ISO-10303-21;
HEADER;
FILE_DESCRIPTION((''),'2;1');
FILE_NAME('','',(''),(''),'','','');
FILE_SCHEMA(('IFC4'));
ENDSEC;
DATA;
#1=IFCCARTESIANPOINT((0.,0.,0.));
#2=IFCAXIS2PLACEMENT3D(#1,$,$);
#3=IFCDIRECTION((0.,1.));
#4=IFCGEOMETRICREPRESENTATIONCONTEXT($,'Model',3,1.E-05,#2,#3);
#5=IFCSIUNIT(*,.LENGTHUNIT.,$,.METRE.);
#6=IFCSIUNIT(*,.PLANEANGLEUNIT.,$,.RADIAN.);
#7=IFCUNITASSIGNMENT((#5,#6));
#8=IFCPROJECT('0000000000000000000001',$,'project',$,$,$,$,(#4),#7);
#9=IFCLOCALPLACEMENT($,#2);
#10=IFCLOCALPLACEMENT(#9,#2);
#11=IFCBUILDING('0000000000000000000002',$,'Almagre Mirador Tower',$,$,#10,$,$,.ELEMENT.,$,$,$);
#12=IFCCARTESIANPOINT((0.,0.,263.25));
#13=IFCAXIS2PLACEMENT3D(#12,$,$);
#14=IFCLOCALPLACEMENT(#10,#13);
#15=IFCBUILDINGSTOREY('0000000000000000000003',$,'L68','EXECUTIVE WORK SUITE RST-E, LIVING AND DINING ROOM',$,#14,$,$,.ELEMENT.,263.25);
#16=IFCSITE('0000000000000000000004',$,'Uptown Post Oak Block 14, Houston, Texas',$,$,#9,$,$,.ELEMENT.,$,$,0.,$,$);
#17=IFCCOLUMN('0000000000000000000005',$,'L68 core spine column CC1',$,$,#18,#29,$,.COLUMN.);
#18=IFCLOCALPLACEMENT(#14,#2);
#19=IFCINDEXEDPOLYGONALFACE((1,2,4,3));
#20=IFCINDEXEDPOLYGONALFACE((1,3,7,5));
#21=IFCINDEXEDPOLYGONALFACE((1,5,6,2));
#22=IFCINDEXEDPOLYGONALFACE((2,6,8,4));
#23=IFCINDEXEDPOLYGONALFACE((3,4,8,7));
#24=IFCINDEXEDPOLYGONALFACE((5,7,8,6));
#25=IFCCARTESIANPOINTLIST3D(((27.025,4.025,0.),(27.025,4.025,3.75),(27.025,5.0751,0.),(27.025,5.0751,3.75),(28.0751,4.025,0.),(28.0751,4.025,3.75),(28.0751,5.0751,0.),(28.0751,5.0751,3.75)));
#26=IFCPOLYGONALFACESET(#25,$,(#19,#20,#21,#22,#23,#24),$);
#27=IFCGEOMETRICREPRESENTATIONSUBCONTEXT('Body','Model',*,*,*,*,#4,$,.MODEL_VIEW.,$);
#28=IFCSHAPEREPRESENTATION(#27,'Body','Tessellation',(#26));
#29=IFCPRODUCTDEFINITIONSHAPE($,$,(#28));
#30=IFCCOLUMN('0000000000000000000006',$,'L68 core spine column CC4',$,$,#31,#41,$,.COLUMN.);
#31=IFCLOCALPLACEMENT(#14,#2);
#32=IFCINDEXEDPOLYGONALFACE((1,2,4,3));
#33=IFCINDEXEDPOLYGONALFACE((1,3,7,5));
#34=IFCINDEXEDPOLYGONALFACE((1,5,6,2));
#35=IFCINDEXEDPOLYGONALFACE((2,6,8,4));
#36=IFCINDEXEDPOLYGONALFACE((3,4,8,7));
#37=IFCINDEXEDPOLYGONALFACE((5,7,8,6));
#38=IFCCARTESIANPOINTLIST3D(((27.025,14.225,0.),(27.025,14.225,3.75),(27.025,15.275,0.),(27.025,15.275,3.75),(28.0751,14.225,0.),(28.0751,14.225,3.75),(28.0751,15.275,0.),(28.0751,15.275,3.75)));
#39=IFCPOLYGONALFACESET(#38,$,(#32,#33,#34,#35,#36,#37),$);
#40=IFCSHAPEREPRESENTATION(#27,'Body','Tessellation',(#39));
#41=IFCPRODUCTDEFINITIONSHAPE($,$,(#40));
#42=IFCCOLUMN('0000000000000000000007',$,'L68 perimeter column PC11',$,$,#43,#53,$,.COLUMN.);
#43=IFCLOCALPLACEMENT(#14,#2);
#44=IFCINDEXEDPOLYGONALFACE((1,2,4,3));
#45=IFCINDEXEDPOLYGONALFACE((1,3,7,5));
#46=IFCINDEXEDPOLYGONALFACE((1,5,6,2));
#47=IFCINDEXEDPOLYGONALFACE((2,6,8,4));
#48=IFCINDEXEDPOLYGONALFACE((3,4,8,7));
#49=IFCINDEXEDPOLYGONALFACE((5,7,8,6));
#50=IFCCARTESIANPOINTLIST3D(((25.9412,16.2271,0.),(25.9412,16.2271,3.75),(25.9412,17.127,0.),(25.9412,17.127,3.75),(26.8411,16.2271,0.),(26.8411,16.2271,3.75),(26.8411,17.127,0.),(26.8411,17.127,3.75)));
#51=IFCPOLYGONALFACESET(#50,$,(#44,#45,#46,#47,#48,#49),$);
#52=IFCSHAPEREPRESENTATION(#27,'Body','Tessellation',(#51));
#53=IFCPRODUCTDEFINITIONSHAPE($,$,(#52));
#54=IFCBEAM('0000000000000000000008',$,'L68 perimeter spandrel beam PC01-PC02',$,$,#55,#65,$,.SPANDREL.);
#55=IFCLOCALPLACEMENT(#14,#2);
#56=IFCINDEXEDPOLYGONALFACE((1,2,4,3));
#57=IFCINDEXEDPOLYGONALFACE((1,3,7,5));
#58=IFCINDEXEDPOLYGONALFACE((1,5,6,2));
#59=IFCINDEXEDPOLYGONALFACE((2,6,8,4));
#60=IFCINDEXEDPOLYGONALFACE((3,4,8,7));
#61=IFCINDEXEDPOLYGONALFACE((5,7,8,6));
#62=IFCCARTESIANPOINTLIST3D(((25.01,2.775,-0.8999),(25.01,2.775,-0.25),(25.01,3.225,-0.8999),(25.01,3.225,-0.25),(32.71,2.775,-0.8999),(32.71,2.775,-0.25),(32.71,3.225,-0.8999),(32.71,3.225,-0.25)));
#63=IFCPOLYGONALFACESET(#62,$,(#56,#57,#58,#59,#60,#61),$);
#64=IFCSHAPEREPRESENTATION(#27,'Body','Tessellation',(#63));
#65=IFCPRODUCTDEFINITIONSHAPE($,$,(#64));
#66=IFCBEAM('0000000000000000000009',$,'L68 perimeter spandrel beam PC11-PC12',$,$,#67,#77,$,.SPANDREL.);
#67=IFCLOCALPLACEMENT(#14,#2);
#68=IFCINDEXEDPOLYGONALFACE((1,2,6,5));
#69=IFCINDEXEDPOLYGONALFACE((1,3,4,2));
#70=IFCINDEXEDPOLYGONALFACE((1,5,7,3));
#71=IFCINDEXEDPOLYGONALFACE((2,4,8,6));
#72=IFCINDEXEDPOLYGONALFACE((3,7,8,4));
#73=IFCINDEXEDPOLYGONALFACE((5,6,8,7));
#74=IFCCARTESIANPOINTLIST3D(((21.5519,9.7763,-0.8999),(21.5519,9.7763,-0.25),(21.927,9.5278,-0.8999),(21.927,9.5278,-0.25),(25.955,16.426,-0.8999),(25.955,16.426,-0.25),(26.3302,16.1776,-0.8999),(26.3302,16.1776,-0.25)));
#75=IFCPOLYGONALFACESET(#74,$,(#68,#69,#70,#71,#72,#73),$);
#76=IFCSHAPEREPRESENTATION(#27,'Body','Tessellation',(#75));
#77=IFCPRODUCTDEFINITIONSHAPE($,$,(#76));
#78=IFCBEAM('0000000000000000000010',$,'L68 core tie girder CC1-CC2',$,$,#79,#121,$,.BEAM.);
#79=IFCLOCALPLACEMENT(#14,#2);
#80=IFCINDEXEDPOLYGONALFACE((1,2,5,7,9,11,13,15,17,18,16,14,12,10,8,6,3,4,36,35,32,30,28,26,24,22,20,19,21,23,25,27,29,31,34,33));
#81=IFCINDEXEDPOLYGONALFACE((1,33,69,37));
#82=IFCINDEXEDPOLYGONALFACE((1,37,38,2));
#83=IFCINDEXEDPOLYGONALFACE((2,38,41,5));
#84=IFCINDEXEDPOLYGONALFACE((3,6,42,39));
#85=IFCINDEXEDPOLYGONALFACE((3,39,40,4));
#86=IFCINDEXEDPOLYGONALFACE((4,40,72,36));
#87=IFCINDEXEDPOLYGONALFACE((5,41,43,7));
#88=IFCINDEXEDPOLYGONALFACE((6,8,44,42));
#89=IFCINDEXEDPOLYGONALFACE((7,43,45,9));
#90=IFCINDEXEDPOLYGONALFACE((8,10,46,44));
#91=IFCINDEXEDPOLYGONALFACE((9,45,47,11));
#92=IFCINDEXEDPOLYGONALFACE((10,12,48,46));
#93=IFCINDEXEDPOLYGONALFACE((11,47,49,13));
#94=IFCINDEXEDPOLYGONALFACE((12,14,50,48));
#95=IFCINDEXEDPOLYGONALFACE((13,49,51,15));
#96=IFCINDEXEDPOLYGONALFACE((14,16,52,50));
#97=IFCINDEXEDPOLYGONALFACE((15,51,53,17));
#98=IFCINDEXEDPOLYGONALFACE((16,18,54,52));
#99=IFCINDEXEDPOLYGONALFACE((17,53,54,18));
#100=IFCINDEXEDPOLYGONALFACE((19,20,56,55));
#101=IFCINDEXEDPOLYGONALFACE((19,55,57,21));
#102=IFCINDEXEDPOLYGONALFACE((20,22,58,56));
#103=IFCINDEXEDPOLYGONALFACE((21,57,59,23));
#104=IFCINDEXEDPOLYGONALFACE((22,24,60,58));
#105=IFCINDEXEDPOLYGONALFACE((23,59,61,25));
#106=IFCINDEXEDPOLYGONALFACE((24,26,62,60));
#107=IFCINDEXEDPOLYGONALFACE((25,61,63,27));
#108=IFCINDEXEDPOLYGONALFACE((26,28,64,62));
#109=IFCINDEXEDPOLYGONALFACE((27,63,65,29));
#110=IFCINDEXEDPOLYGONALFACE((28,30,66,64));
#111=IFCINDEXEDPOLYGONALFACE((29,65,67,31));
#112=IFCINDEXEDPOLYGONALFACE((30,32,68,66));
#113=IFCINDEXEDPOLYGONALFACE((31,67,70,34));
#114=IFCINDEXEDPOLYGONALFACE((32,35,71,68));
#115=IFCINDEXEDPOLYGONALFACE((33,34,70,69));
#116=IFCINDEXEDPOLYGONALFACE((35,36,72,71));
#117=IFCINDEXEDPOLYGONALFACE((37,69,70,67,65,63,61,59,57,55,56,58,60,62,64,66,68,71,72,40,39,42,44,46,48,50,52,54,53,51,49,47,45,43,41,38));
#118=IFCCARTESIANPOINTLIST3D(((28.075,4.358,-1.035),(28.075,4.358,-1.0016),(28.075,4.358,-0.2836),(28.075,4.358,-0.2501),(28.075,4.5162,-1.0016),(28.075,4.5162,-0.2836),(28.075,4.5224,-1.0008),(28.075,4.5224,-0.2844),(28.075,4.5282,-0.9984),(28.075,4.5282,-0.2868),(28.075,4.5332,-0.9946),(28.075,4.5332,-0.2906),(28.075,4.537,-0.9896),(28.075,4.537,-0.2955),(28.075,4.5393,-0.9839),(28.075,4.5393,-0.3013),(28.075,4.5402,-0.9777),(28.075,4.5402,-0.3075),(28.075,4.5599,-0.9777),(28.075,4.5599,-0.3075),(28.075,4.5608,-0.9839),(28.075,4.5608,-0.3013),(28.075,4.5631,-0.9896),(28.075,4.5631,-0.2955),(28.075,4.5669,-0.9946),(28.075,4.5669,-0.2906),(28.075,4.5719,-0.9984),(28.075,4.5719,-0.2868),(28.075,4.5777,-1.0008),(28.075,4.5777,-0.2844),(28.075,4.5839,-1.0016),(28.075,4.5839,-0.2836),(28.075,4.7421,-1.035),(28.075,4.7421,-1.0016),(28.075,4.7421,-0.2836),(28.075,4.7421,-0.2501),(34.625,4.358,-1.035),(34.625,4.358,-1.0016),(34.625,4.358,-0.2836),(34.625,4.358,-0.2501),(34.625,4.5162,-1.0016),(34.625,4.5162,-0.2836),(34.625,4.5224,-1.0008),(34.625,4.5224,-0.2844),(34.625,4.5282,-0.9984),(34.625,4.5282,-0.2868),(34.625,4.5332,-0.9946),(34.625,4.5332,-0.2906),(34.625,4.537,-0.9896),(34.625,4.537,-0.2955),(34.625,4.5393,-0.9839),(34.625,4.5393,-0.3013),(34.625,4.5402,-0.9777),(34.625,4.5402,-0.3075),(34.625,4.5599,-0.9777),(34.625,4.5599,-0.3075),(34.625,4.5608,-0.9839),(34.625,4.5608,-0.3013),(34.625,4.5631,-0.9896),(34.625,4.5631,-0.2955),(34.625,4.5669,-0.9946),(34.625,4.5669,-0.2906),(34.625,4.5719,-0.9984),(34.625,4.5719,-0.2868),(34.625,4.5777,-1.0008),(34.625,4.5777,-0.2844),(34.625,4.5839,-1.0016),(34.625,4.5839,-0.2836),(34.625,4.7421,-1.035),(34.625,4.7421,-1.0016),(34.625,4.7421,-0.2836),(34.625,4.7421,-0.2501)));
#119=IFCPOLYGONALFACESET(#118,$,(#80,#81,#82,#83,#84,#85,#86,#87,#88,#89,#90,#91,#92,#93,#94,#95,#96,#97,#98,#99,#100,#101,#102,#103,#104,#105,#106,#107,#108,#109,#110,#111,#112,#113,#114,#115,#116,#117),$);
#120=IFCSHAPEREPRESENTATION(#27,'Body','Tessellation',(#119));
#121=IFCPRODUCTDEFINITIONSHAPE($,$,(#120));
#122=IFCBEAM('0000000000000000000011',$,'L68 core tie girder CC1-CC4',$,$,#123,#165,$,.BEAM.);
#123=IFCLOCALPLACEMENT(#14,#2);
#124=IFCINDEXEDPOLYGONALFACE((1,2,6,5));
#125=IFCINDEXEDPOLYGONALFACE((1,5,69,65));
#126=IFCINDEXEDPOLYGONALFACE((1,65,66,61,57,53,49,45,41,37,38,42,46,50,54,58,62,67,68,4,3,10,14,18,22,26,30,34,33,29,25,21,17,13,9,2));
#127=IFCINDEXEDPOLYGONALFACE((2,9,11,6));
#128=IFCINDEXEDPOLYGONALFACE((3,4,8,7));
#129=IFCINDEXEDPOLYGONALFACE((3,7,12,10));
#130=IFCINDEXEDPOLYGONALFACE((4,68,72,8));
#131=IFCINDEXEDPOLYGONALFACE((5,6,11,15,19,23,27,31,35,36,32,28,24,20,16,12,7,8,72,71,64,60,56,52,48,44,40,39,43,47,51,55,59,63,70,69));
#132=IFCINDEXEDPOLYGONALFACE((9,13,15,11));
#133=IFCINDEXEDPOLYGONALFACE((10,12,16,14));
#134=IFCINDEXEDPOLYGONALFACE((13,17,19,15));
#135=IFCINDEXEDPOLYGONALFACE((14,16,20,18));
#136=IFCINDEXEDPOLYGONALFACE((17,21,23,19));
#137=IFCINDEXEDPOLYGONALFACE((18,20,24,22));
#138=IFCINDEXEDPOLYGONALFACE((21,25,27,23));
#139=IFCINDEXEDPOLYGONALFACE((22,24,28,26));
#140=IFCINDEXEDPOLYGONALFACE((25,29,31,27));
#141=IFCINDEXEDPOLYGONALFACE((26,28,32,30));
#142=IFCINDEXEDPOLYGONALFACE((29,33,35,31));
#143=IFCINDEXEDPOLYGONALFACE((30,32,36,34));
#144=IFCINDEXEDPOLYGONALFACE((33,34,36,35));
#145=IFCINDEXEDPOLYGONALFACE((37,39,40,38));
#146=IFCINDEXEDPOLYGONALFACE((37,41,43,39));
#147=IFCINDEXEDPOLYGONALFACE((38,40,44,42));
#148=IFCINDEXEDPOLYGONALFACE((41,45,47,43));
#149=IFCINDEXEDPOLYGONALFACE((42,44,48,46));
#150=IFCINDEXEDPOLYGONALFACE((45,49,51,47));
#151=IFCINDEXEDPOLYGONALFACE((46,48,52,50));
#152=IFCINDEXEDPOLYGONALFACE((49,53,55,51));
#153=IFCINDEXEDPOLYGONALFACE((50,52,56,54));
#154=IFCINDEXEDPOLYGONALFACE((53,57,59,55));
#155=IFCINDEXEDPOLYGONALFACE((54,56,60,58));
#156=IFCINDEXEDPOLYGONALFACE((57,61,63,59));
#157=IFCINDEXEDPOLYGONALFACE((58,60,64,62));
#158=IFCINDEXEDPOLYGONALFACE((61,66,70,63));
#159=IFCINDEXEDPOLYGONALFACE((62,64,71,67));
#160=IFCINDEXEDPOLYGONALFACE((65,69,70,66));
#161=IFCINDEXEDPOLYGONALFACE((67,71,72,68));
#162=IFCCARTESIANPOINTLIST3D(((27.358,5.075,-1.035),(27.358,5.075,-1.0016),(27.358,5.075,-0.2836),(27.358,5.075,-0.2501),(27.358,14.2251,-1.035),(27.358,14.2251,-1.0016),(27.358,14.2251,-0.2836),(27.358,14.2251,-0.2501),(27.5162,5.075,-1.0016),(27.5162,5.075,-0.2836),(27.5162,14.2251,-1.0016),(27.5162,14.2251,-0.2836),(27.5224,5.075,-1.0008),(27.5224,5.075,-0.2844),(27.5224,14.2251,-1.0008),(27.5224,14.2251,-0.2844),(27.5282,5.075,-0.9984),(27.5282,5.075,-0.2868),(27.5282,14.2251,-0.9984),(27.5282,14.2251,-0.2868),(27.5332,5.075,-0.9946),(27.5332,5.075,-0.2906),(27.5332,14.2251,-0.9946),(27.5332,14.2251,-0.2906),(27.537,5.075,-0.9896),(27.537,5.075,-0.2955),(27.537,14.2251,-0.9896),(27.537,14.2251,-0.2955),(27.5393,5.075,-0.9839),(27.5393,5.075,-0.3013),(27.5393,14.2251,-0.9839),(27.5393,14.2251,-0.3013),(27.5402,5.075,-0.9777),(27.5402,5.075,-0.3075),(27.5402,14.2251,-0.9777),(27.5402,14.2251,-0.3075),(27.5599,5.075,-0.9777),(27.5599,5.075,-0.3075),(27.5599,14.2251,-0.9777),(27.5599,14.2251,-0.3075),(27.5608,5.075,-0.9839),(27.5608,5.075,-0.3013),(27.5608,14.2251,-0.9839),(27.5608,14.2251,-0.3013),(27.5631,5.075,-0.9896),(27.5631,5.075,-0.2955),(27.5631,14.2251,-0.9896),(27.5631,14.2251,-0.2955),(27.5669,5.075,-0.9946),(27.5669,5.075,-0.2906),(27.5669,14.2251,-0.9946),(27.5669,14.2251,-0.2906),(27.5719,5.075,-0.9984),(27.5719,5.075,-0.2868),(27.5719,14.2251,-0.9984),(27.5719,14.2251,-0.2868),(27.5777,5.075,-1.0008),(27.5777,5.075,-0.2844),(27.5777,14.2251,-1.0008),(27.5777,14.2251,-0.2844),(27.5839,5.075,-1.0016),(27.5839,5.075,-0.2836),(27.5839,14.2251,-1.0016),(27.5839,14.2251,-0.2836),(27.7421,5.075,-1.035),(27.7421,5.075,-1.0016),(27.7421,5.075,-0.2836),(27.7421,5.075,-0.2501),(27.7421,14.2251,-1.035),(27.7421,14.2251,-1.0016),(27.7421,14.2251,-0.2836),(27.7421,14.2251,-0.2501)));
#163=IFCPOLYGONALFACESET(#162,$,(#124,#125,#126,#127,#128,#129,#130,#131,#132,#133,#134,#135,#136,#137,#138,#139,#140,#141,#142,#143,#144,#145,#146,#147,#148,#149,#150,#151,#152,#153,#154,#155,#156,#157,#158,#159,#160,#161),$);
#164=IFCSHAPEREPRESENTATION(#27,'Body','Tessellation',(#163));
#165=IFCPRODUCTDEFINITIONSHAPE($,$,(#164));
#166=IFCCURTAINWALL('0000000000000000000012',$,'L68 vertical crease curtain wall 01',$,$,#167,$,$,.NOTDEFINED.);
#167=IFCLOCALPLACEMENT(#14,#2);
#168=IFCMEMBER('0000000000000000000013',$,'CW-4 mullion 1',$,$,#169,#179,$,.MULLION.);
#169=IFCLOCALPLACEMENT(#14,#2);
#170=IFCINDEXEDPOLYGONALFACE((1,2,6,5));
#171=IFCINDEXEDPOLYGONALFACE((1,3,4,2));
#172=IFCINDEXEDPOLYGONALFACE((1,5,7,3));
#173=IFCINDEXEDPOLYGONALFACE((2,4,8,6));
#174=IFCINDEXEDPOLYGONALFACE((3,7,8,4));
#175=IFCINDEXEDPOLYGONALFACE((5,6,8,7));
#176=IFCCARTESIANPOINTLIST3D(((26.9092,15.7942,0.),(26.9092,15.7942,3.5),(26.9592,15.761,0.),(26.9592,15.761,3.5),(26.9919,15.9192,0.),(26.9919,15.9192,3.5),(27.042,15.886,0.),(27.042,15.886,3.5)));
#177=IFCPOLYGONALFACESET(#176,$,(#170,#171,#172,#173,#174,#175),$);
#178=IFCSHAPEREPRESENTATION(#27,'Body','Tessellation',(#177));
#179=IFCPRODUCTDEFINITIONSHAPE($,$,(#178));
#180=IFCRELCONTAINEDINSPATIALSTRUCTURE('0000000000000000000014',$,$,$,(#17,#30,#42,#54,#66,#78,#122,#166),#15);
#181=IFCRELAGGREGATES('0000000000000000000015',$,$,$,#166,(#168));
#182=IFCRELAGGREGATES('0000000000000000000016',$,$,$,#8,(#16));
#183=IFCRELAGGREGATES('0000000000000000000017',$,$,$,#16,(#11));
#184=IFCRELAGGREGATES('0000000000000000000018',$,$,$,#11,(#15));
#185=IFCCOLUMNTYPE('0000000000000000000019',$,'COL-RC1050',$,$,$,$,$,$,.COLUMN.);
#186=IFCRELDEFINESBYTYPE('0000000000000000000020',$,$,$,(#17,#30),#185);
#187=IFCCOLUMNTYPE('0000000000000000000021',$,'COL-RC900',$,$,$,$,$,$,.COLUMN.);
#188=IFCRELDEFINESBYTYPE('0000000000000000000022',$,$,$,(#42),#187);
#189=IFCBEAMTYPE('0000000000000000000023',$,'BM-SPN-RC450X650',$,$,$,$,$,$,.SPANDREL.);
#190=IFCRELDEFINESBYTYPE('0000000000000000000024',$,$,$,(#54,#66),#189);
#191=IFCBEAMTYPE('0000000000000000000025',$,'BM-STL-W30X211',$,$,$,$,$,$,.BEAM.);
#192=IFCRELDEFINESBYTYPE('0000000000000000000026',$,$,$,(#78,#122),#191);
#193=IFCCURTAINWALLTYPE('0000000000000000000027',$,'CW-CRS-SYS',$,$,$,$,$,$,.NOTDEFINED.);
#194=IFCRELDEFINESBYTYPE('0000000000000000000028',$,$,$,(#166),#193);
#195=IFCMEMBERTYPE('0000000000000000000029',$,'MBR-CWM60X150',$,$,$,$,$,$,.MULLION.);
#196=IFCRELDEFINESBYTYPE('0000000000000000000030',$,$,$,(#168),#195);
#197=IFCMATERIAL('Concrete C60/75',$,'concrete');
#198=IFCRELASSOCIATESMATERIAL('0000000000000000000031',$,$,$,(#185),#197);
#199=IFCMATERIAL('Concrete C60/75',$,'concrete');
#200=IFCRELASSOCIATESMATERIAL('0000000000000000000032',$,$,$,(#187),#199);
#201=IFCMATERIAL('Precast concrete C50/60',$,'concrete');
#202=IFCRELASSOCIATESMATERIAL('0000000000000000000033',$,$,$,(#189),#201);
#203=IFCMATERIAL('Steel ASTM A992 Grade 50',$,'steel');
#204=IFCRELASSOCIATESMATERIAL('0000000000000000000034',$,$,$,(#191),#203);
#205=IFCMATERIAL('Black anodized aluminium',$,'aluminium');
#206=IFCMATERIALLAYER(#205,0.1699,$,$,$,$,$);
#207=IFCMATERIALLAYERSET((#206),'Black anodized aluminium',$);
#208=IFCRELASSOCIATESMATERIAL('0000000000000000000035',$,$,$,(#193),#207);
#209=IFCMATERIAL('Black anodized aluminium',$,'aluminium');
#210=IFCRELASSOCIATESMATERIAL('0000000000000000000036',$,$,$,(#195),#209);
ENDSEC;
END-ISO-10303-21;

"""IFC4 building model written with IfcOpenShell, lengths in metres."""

from ifc_helpers import new_model, si_unit, direction, frame, origin, origin_2d, place, context, subcontext, project, spatial, rectangle, i_section, extrude, material, layer, layer_set, material_profile, profile_set, type_object, element, aggregate, save


model = new_model("IFC4")

# Units and contexts
model_context = context("Model", 3, precision=1e-05, world=origin(), true_north=direction((0.0, 1.0)))
body_context = subcontext(model_context, "Body", "Model", "MODEL_VIEW")
ifc_project = project(units=[si_unit("LENGTHUNIT", "METRE"), si_unit("PLANEANGLEUNIT", "RADIAN")], contexts=[model_context])

# Site, building, storey
site_placement = place(None, origin())
site = spatial("IfcSite", under=ifc_project, at=site_placement, Name="Uptown Post Oak Block 14, Houston, Texas", CompositionType="ELEMENT", RefElevation=0.0)
building_placement = place(site_placement, origin())
building = spatial("IfcBuilding", under=site, at=building_placement, Name="Almagre Mirador Tower", CompositionType="ELEMENT")
storey_placement = place(building_placement, frame((0.0, 0.0, 263.25)))
storey = spatial("IfcBuildingStorey", under=building, at=storey_placement, Name="L68", Description="EXECUTIVE WORK SUITE RST-E, LIVING AND DINING ROOM", CompositionType="ELEMENT", Elevation=263.25)

# Columns
ifc_material_1 = material(Name="Concrete C60/75", Category="concrete")
ifc_material_profile_1 = material_profile(ifc_material_1, rectangle(XDim=1.05, YDim=1.05, at=origin_2d()), Name="RC1050X1050")
ifc_profile_set_1 = profile_set([ifc_material_profile_1], Name="Concrete C60/75")
column_type_1 = type_object("IfcColumnType", Name="COL-RC1050", PredefinedType="COLUMN", material=ifc_profile_set_1)
for number, where, z_axis, x_axis, name in (
    (1, (27.55, 4.55, 0.0), (0.0, 0.0, 1.0), (1.0, 0.0, 0.0), "L68 core spine column CC1"),
    (2, (27.55, 14.75, 0.0), (0.0, 0.0, 1.0), (1.0, 0.0, 0.0), "L68 core spine column CC4"),
):
    element("IfcColumn", number, at=place(storey_placement, frame(where, z_axis=z_axis, x_axis=x_axis)), inside=storey, type_object=column_type_1, Name=name, PredefinedType="COLUMN", context=body_context, shape_type="SweptSolid", body=[
        extrude(rectangle(XDim=1.05, YDim=1.05, at=origin_2d()), origin(), (0.0, 0.0, 1.0), 3.75),
    ])
ifc_material_2 = material(Name="Concrete C60/75", Category="concrete")
ifc_material_profile_2 = material_profile(ifc_material_2, rectangle(XDim=0.8999, YDim=0.8999, at=origin_2d()), Name="RC900X900")
ifc_profile_set_2 = profile_set([ifc_material_profile_2], Name="Concrete C60/75")
column_type_2 = type_object("IfcColumnType", Name="COL-RC900", PredefinedType="COLUMN", material=ifc_profile_set_2)
column_placement = place(storey_placement, frame((26.3911, 16.677, 0.0), z_axis=(0.0, 0.0, 1.0), x_axis=(1.0, 0.0, 0.0)))
element("IfcColumn", 3, at=column_placement, inside=storey, type_object=column_type_2, Name="L68 perimeter column PC11", PredefinedType="COLUMN", context=body_context, shape_type="SweptSolid", body=[
    extrude(rectangle(XDim=0.8999, YDim=0.8999, at=origin_2d()), origin(), (0.0, 0.0, 1.0), 3.75),
])

# Beams
ifc_material_3 = material(Name="Precast concrete C50/60", Category="concrete")
ifc_material_profile_3 = material_profile(ifc_material_3, rectangle(XDim=0.45, YDim=0.6499, at=origin_2d()), Name="RC450X650")
ifc_profile_set_3 = profile_set([ifc_material_profile_3], Name="Precast concrete C50/60")
beam_type_1 = type_object("IfcBeamType", Name="BM-SPN-RC450X650", PredefinedType="SPANDREL", material=ifc_profile_set_3)
beam_1_placement = place(storey_placement, frame((25.01, 3.0, -0.575), z_axis=(1.0, 0.0, 0.0), x_axis=(0.0, 1.0, 0.0)))
element("IfcBeam", 4, at=beam_1_placement, inside=storey, type_object=beam_type_1, Name="L68 perimeter spandrel beam PC01-PC02", PredefinedType="SPANDREL", context=body_context, shape_type="SweptSolid", body=[
    extrude(rectangle(XDim=0.45, YDim=0.6499, at=origin_2d()), origin(), (0.0, 0.0, 1.0), 7.7),
])
beam_2_placement = place(storey_placement, frame((26.1426, 16.3018, -0.575), z_axis=(-0.552091, -0.833784, 0.0), x_axis=(0.833784, -0.552091, 0.0)))
element("IfcBeam", 5, at=beam_2_placement, inside=storey, type_object=beam_type_1, Name="L68 perimeter spandrel beam PC11-PC12", PredefinedType="SPANDREL", context=body_context, shape_type="SweptSolid", body=[
    extrude(rectangle(XDim=0.45, YDim=0.6499, at=origin_2d()), origin(), (0.0, 0.0, 1.0), 7.9753),
])
ifc_material_4 = material(Name="Steel ASTM A992 Grade 50", Category="steel")
ifc_material_profile_4 = material_profile(ifc_material_4, i_section(OverallWidth=0.384, OverallDepth=0.7849, WebThickness=0.0198, FlangeThickness=0.0334, FilletRadius=0.0239, at=origin_2d()), Name="W30X211")
ifc_profile_set_4 = profile_set([ifc_material_profile_4], Name="Steel ASTM A992 Grade 50")
beam_type_2 = type_object("IfcBeamType", Name="BM-STL-W30X211", PredefinedType="BEAM", material=ifc_profile_set_4)
beam_3_placement = place(storey_placement, frame((28.075, 4.55, -0.6426), z_axis=(1.0, 0.0, 0.0), x_axis=(0.0, 1.0, 0.0)))
element("IfcBeam", 6, at=beam_3_placement, inside=storey, type_object=beam_type_2, Name="L68 core tie girder CC1-CC2", PredefinedType="BEAM", context=body_context, shape_type="SweptSolid", body=[
    extrude(i_section(OverallWidth=0.384, OverallDepth=0.7849, WebThickness=0.0198, FlangeThickness=0.0334, FilletRadius=0.0239, at=origin_2d()), origin(), (0.0, 0.0, 1.0), 6.55),
])
beam_4_placement = place(storey_placement, frame((27.55, 5.075, -0.6426), z_axis=(0.0, 1.0, 0.0), x_axis=(-1.0, 0.0, 0.0)))
element("IfcBeam", 7, at=beam_4_placement, inside=storey, type_object=beam_type_2, Name="L68 core tie girder CC1-CC4", PredefinedType="BEAM", context=body_context, shape_type="SweptSolid", body=[
    extrude(i_section(OverallWidth=0.384, OverallDepth=0.7849, WebThickness=0.0198, FlangeThickness=0.0334, FilletRadius=0.0239, at=origin_2d()), origin(), (0.0, 0.0, 1.0), 9.1501),
])

# Curtain wall, member
ifc_material_5 = material(Name="Black anodized aluminium", Category="aluminium")
ifc_layer_1 = layer(ifc_material_5, 0.1699)
ifc_layer_set_1 = layer_set([ifc_layer_1], Name="Black anodized aluminium")
curtain_wall_type_1 = type_object("IfcCurtainWallType", Name="CW-CRS-SYS", PredefinedType="NOTDEFINED", material=ifc_layer_set_1)
curtain_wall_1_placement = place(storey_placement, origin())
curtain_wall_1 = element("IfcCurtainWall", 8, at=curtain_wall_1_placement, inside=storey, type_object=curtain_wall_type_1, Name="L68 vertical crease curtain wall 01", PredefinedType="NOTDEFINED")
ifc_material_6 = material(Name="Black anodized aluminium", Category="aluminium")
ifc_material_profile_5 = material_profile(ifc_material_6, rectangle(XDim=0.0601, YDim=0.1499, at=origin_2d()), Name="CWM60X150")
ifc_profile_set_5 = profile_set([ifc_material_profile_5], Name="Black anodized aluminium")
member_type_1 = type_object("IfcMemberType", Name="MBR-CWM60X150", PredefinedType="MULLION", material=ifc_profile_set_5)
member_1_placement = place(storey_placement, frame((26.9756, 15.8401, 0.0), z_axis=(0.0, 0.0, 1.0), x_axis=(-0.833812, 0.552048, 0.0)))
member_1 = element("IfcMember", 9, at=member_1_placement, type_object=member_type_1, Name="CW-4 mullion 1", PredefinedType="MULLION", context=body_context, shape_type="SweptSolid", body=[
    extrude(rectangle(XDim=0.0601, YDim=0.1499, at=origin_2d()), origin(), (0.0, 0.0, 1.0), 3.5),
])

aggregate(curtain_wall_1, [member_1])

save(model, "model.ifc")
